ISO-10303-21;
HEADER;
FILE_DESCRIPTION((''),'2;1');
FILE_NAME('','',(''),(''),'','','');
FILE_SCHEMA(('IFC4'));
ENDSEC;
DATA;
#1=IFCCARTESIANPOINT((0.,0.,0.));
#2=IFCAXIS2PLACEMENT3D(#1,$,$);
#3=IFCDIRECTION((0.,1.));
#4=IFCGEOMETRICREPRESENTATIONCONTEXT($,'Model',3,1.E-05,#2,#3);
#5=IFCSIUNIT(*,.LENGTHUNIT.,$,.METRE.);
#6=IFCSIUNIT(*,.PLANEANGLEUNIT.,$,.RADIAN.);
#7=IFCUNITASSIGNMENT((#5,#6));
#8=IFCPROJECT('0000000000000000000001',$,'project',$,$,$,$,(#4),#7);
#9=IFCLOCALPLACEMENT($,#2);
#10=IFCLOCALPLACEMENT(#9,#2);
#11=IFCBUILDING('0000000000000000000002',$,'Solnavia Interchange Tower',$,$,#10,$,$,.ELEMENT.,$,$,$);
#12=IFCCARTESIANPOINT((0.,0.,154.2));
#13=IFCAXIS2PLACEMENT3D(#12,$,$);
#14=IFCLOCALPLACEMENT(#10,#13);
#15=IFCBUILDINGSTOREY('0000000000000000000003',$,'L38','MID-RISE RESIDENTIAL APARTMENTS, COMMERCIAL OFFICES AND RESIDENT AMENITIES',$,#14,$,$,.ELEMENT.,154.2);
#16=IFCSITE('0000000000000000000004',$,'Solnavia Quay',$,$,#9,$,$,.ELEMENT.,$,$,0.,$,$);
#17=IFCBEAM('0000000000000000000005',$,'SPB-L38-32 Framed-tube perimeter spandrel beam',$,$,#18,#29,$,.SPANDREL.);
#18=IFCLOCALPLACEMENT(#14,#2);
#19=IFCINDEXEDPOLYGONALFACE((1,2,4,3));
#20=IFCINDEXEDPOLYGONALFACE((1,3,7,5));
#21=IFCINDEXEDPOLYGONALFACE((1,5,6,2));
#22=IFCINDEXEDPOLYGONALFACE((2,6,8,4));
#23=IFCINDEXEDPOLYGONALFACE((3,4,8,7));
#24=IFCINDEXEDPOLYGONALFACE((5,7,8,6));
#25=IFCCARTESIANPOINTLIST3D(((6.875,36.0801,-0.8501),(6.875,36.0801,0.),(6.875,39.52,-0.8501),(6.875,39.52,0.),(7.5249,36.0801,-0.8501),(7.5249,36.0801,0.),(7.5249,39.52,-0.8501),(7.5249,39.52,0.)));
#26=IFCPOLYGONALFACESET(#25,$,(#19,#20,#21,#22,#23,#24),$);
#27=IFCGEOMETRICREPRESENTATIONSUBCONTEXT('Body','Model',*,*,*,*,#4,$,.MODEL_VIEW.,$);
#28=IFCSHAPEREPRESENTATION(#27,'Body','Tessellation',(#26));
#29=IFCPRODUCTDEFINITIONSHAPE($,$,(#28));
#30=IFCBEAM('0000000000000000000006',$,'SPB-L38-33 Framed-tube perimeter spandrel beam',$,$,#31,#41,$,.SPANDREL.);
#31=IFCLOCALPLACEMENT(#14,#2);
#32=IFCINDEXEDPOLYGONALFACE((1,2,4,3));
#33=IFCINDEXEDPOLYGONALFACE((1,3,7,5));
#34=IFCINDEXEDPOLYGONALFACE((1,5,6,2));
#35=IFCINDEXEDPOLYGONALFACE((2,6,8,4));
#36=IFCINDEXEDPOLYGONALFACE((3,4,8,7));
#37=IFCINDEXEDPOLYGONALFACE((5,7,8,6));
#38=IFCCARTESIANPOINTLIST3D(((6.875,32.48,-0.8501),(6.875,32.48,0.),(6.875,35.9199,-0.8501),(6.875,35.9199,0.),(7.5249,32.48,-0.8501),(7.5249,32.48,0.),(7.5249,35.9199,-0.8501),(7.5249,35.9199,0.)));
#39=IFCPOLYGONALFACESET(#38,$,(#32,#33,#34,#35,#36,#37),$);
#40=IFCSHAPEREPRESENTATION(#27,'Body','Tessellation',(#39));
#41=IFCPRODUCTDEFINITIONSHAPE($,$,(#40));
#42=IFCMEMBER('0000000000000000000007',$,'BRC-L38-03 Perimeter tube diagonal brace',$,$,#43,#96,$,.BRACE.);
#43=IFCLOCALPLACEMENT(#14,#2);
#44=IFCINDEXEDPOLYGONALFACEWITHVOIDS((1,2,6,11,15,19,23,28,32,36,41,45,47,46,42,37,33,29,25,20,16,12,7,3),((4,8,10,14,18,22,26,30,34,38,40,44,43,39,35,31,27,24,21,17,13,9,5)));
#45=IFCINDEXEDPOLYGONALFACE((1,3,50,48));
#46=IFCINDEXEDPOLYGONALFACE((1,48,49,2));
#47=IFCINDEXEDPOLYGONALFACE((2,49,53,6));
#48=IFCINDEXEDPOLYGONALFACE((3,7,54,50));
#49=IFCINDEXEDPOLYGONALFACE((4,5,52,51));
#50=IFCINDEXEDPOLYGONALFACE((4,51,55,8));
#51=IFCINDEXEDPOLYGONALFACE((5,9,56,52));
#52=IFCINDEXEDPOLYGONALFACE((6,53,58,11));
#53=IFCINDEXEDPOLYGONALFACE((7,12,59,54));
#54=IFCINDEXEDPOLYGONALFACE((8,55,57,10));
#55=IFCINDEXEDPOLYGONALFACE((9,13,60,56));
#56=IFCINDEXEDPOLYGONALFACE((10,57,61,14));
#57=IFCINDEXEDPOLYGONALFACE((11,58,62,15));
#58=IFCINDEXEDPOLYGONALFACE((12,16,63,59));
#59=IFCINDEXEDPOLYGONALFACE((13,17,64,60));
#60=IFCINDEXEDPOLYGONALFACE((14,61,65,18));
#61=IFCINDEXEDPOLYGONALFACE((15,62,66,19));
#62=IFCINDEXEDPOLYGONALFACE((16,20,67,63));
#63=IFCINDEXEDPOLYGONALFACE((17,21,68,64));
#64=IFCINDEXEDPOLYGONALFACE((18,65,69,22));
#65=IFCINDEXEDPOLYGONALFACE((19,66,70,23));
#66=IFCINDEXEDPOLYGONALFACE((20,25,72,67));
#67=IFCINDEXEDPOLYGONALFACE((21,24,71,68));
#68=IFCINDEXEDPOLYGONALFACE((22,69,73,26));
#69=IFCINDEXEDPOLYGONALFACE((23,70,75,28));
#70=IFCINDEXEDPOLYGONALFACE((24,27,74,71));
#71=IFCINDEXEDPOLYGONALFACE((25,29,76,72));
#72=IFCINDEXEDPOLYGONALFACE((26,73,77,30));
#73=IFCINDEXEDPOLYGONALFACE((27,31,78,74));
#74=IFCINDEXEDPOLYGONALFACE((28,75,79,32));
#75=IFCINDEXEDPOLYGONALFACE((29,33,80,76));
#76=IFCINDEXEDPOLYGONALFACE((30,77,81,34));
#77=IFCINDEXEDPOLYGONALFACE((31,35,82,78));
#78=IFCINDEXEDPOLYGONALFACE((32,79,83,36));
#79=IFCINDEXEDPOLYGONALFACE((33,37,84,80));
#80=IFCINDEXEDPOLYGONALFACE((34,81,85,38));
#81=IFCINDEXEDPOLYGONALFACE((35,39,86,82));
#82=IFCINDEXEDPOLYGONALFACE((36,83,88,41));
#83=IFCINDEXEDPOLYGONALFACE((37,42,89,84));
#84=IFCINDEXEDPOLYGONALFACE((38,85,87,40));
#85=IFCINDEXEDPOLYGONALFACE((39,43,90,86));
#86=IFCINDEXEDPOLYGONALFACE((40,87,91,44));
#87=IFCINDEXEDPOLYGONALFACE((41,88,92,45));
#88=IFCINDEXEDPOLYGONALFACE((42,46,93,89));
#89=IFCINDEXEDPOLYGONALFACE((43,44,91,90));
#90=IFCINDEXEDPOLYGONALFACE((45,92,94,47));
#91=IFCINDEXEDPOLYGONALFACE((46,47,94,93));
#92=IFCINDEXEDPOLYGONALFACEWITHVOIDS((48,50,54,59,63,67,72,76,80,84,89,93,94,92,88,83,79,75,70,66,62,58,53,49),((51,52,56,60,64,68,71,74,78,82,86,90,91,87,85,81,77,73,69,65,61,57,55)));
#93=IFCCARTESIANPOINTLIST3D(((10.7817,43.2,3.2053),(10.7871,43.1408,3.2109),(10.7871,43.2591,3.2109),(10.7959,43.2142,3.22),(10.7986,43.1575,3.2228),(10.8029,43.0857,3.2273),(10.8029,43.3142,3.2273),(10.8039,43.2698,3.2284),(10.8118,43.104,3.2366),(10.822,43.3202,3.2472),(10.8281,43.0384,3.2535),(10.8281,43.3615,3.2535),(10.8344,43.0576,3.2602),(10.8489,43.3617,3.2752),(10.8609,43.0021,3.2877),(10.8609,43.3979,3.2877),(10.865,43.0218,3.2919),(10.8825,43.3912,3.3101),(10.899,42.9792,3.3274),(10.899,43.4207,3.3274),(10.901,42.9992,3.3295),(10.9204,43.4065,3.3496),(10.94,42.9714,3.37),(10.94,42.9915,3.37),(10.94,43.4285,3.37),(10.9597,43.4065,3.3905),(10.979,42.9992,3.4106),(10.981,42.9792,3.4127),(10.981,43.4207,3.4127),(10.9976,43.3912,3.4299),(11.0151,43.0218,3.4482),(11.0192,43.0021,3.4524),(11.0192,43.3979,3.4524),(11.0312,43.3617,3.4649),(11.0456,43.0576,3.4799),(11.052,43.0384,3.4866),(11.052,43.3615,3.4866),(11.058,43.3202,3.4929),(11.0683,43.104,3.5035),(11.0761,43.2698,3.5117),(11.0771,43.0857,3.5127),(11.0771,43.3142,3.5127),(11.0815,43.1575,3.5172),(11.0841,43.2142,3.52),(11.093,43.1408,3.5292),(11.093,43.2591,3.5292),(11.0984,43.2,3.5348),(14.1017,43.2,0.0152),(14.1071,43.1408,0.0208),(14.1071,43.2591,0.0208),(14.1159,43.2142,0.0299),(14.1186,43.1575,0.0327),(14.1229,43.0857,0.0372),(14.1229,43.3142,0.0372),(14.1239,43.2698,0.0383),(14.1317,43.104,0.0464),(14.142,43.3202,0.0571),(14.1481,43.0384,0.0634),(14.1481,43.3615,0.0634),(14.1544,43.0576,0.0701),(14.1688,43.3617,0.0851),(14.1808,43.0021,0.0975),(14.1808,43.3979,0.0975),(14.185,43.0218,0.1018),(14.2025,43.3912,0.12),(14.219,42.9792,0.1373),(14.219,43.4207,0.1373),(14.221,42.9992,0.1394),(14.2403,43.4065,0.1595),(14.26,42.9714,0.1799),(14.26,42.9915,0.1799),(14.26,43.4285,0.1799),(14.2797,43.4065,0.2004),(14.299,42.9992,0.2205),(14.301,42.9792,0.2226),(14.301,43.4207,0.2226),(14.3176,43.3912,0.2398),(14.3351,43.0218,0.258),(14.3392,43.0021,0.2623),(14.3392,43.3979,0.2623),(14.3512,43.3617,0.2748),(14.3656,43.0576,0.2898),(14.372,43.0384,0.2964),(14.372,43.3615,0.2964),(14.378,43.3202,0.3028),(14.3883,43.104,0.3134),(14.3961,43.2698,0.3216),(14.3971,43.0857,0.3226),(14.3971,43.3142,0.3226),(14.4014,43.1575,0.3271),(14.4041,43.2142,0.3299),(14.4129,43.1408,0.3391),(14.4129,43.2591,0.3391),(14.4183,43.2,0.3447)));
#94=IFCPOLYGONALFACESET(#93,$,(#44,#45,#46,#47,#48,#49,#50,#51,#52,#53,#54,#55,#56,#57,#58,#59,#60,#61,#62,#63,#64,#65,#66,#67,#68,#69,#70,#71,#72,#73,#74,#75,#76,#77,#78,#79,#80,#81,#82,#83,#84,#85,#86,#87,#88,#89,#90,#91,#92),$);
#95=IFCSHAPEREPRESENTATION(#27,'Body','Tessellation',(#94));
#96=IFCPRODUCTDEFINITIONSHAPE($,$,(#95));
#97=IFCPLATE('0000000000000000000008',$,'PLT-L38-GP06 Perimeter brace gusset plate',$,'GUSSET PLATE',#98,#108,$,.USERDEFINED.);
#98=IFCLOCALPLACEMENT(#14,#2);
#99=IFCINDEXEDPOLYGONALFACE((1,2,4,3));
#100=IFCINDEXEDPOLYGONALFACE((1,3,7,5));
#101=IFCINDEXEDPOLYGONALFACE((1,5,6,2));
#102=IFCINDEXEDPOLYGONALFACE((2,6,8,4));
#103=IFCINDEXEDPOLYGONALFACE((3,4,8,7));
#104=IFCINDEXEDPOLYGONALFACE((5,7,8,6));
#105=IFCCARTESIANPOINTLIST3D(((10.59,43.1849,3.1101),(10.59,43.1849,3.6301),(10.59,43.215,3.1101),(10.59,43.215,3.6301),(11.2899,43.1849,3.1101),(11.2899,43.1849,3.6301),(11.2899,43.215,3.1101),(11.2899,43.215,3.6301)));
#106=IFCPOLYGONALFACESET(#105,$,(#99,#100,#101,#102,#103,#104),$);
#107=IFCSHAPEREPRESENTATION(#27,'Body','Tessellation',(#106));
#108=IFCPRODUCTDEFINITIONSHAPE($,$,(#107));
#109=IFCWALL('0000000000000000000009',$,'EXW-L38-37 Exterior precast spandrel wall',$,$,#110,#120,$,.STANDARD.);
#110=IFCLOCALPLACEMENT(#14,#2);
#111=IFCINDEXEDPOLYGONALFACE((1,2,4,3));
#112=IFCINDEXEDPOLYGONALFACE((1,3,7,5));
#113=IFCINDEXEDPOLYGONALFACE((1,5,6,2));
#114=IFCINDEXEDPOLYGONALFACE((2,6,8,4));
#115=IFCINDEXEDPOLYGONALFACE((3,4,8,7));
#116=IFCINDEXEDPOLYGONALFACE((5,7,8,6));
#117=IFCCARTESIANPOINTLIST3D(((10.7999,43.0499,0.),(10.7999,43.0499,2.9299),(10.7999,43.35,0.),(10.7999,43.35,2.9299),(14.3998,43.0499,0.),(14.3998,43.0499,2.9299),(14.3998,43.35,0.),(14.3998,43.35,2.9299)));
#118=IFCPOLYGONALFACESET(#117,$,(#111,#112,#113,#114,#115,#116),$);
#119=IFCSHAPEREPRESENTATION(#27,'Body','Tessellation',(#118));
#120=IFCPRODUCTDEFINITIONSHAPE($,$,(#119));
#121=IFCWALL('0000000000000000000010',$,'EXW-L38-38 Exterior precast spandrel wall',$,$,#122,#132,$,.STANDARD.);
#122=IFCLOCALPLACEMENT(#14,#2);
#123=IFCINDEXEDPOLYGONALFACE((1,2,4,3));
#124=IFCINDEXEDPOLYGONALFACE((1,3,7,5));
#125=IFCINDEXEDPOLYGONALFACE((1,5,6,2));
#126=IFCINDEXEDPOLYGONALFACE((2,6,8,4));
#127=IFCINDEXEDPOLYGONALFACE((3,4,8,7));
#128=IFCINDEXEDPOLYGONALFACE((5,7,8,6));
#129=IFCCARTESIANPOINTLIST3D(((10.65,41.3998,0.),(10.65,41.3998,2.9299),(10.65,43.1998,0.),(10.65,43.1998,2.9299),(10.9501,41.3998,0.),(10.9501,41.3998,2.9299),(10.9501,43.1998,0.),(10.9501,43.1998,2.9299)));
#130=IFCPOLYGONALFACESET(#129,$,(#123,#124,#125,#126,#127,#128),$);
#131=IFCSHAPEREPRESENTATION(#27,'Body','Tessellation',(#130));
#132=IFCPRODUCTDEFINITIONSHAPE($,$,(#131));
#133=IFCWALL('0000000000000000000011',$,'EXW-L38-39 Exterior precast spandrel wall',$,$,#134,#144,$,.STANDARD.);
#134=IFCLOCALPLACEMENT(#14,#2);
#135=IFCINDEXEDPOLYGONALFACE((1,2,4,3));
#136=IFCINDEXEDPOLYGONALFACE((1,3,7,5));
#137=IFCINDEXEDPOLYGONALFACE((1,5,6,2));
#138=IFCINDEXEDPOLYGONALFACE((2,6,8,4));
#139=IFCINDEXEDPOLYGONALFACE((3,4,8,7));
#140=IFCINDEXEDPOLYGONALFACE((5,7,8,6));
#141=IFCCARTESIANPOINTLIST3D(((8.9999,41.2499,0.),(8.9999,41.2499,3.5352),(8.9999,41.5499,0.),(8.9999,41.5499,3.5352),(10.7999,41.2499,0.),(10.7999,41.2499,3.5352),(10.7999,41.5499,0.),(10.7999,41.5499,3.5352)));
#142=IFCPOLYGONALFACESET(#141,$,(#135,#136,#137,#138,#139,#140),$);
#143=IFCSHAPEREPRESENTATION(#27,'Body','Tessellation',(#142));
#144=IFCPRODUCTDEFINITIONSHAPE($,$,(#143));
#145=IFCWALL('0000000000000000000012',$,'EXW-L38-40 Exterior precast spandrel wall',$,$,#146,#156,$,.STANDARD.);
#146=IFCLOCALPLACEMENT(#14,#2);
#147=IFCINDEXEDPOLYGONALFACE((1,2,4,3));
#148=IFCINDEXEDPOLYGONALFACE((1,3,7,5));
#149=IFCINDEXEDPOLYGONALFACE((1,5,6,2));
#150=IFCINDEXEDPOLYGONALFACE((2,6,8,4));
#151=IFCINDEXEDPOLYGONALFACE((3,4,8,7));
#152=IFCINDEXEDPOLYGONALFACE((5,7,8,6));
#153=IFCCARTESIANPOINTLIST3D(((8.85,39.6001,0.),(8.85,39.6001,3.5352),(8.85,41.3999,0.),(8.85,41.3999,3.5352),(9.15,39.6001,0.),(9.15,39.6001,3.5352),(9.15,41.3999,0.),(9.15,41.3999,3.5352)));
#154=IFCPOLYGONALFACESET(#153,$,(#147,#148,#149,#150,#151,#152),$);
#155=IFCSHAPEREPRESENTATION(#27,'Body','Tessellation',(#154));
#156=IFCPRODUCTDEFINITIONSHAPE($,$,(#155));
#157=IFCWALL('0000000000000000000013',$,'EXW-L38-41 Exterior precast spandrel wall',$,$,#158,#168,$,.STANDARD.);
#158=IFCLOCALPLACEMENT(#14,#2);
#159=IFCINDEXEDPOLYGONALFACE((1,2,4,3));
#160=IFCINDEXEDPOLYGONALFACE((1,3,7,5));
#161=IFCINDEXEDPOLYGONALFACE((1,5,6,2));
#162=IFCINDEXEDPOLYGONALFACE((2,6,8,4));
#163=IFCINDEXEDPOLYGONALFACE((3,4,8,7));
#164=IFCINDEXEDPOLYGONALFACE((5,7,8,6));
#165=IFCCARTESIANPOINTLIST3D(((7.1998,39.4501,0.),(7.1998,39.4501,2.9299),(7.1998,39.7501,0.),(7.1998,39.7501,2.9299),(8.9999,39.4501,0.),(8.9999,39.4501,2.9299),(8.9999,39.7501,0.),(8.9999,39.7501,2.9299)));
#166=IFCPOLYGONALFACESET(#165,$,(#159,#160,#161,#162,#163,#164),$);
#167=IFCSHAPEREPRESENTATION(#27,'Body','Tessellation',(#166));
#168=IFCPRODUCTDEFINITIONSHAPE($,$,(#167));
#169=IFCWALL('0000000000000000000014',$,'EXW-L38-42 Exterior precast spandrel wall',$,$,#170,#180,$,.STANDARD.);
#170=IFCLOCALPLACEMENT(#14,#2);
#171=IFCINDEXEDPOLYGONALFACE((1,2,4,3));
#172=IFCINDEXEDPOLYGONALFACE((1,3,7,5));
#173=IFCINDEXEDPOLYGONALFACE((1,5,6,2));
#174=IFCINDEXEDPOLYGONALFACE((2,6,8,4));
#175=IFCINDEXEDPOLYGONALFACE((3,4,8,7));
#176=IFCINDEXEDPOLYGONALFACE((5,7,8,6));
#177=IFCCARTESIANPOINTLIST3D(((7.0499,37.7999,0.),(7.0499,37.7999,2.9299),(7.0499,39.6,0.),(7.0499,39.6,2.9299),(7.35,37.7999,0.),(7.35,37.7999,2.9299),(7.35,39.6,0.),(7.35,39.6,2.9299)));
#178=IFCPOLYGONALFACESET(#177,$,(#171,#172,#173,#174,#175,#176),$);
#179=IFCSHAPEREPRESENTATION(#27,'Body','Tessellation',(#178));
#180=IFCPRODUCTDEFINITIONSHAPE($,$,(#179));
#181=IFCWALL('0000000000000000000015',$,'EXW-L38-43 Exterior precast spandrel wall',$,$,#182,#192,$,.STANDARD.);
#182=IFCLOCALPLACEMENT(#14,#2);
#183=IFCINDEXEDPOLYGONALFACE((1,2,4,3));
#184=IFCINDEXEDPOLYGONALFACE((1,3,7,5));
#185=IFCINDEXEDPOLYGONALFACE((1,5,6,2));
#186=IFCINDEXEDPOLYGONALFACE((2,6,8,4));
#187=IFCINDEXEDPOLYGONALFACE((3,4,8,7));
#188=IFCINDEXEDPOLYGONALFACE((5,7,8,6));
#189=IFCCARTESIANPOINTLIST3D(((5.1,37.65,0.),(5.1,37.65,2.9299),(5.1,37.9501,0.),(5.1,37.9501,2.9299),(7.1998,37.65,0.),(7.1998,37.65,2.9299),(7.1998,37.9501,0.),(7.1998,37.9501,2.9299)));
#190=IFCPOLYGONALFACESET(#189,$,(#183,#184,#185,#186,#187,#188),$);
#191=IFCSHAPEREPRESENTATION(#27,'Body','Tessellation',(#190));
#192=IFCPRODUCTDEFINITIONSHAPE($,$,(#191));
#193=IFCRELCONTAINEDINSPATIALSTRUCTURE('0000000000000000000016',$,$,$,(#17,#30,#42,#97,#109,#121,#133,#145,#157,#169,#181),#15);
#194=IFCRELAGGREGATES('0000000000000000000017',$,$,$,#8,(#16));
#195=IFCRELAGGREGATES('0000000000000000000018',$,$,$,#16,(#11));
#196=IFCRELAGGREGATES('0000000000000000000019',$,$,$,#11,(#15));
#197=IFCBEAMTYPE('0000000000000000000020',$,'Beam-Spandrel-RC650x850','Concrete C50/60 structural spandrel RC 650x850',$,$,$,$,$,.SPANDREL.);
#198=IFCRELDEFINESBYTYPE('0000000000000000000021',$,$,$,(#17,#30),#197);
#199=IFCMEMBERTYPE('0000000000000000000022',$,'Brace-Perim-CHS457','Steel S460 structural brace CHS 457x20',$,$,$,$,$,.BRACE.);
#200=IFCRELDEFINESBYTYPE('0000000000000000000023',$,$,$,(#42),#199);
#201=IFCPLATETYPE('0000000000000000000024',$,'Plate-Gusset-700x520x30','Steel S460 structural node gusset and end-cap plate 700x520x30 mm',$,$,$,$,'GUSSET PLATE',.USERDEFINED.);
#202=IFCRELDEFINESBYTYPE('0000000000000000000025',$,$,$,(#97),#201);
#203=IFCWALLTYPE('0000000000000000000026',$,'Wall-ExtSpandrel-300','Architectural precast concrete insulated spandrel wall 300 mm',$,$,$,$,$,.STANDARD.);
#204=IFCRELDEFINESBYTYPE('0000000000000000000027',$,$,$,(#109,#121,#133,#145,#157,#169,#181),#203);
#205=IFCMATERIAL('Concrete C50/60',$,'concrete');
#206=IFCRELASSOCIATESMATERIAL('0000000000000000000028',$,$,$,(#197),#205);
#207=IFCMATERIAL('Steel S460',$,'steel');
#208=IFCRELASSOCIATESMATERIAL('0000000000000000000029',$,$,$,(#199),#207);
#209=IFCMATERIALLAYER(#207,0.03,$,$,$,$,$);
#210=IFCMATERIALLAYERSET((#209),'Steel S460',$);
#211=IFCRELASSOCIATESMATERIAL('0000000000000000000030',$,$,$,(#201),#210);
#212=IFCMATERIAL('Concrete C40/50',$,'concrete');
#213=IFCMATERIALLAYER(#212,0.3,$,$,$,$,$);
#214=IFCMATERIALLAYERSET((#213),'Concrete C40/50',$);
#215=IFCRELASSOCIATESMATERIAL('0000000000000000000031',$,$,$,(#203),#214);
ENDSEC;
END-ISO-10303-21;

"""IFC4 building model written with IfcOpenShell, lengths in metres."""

from ifc_helpers import new_model, si_unit, direction, frame, frame_2d, origin, origin_2d, place, context, subcontext, project, spatial, rectangle, hollow_circle, extrude, material, layer, layer_set, material_profile, profile_set, type_object, element, save


model = new_model("IFC4")

# Units and contexts
model_context = context("Model", 3, precision=1e-05, world=origin(), true_north=direction((0.0, 1.0)))
body_context = subcontext(model_context, "Body", "Model", "MODEL_VIEW")
ifc_project = project(units=[si_unit("LENGTHUNIT", "METRE"), si_unit("PLANEANGLEUNIT", "RADIAN")], contexts=[model_context])

# Site, building, storey
site_placement = place(None, origin())
site = spatial("IfcSite", under=ifc_project, at=site_placement, Name="Solnavia Quay", CompositionType="ELEMENT", RefElevation=0.0)
building_placement = place(site_placement, origin())
building = spatial("IfcBuilding", under=site, at=building_placement, Name="Solnavia Interchange Tower", CompositionType="ELEMENT")
storey_placement = place(building_placement, frame((0.0, 0.0, 154.2)))
storey = spatial("IfcBuildingStorey", under=building, at=storey_placement, Name="L38", Description="MID-RISE RESIDENTIAL APARTMENTS, COMMERCIAL OFFICES AND RESIDENT AMENITIES", CompositionType="ELEMENT", Elevation=154.2)

# Shared definitions
ifc_material_1 = material(Name="Concrete C50/60", Category="concrete")

# Beams
ifc_material_2 = material(Name="Steel S460", Category="steel")
ifc_material_profile_1 = material_profile(ifc_material_1, rectangle(XDim=0.6499, YDim=0.8501, at=origin_2d()), Name="RC 650x850")
ifc_profile_set_1 = profile_set([ifc_material_profile_1], Name="Concrete C50/60")
beam_type_1 = type_object("IfcBeamType", Name="Beam-Spandrel-RC650x850", Description="Concrete C50/60 structural spandrel RC 650x850", PredefinedType="SPANDREL", material=ifc_profile_set_1)
for number, where, z_axis, x_axis, name in (
    (1, (7.2, 39.52, -0.425), (0.0, -1.0, 0.0), (1.0, 0.0, 0.0), "SPB-L38-32 Framed-tube perimeter spandrel beam"),
    (2, (7.2, 35.9199, -0.425), (0.0, -1.0, 0.0), (1.0, 0.0, 0.0), "SPB-L38-33 Framed-tube perimeter spandrel beam"),
):
    element("IfcBeam", number, at=place(storey_placement, frame(where, z_axis=z_axis, x_axis=x_axis)), inside=storey, type_object=beam_type_1, Name=name, PredefinedType="SPANDREL", context=body_context, shape_type="SweptSolid", body=[
        extrude(rectangle(XDim=0.6499, YDim=0.8501, at=origin_2d()), origin(), (0.0, 0.0, 1.0), 3.4399),
    ])

# Member
ifc_material_profile_2 = material_profile(ifc_material_2, hollow_circle(Radius=0.2285, WallThickness=0.02, at=origin_2d()), Name="CHS 457x20")
ifc_profile_set_2 = profile_set([ifc_material_profile_2], Name="Steel S460")
member_type = type_object("IfcMemberType", Name="Brace-Perim-CHS457", Description="Steel S460 structural brace CHS 457x20", PredefinedType="BRACE", material=ifc_profile_set_2)
member_placement = place(storey_placement, frame((14.26, 43.2, 0.1799), z_axis=(-0.72107, 0.0, 0.692862), x_axis=(0.0, -1.0, 0.0)))
element("IfcMember", 3, at=member_placement, inside=storey, type_object=member_type, Name="BRC-L38-03 Perimeter tube diagonal brace", PredefinedType="BRACE", context=body_context, shape_type="SweptSolid", body=[
    extrude(hollow_circle(Radius=0.2285, WallThickness=0.02, at=origin_2d()), origin(), (0.0, 0.0, 1.0), 4.6042),
])

# Plate
ifc_layer_1 = layer(ifc_material_2, 0.03)
ifc_layer_set_1 = layer_set([ifc_layer_1], Name="Steel S460")
plate_type = type_object("IfcPlateType", Name="Plate-Gusset-700x520x30", Description="Steel S460 structural node gusset and end-cap plate 700x520x30 mm", ElementType="GUSSET PLATE", PredefinedType="USERDEFINED", material=ifc_layer_set_1)
plate_placement = place(storey_placement, frame((10.9399, 43.2, 3.1101), z_axis=(0.0, 0.0, 1.0), x_axis=(-1.0, 0.0, 0.0)))
element("IfcPlate", 4, at=plate_placement, inside=storey, type_object=plate_type, Name="PLT-L38-GP06 Perimeter brace gusset plate", ObjectType="GUSSET PLATE", PredefinedType="USERDEFINED", context=body_context, shape_type="SweptSolid", body=[
    extrude(rectangle(XDim=0.7, YDim=0.03, at=origin_2d()), origin(), (0.0, 0.0, 1.0), 0.52),
])

# Walls
ifc_material_3 = material(Name="Concrete C40/50", Category="concrete")
ifc_layer_2 = layer(ifc_material_3, 0.3)
ifc_layer_set_2 = layer_set([ifc_layer_2], Name="Concrete C40/50")
wall_type = type_object("IfcWallType", Name="Wall-ExtSpandrel-300", Description="Architectural precast concrete insulated spandrel wall 300 mm", PredefinedType="STANDARD", material=ifc_layer_set_2)
wall_1_placement = place(storey_placement, frame((10.8, 43.2, 0.0), z_axis=(0.0, 0.0, 1.0), x_axis=(1.0, 0.0, 0.0)))
element("IfcWall", 5, at=wall_1_placement, inside=storey, type_object=wall_type, Name="EXW-L38-37 Exterior precast spandrel wall", PredefinedType="STANDARD", context=body_context, shape_type="SweptSolid", body=[
    extrude(rectangle(XDim=3.5999, YDim=0.3, at=frame_2d((1.7998, 0.0))), origin(), (0.0, 0.0, 1.0), 2.9299),
])
wall_2_placement = place(storey_placement, frame((10.8, 41.3999, 0.0), z_axis=(0.0, 0.0, 1.0), x_axis=(0.0, 1.0, 0.0)))
element("IfcWall", 6, at=wall_2_placement, inside=storey, type_object=wall_type, Name="EXW-L38-38 Exterior precast spandrel wall", PredefinedType="STANDARD", context=body_context, shape_type="SweptSolid", body=[
    extrude(rectangle(XDim=1.8, YDim=0.3, at=frame_2d((0.8999, 0.0))), origin(), (0.0, 0.0, 1.0), 2.9299),
])
wall_3_placement = place(storey_placement, frame((9.0, 41.3999, 0.0), z_axis=(0.0, 0.0, 1.0), x_axis=(1.0, 0.0, 0.0)))
element("IfcWall", 7, at=wall_3_placement, inside=storey, type_object=wall_type, Name="EXW-L38-39 Exterior precast spandrel wall", PredefinedType="STANDARD", context=body_context, shape_type="SweptSolid", body=[
    extrude(rectangle(XDim=1.8, YDim=0.3, at=frame_2d((0.8999, 0.0))), origin(), (0.0, 0.0, 1.0), 3.5352),
])
wall_4_placement = place(storey_placement, frame((9.0, 39.6001, 0.0), z_axis=(0.0, 0.0, 1.0), x_axis=(0.0, 1.0, 0.0)))
element("IfcWall", 8, at=wall_4_placement, inside=storey, type_object=wall_type, Name="EXW-L38-40 Exterior precast spandrel wall", PredefinedType="STANDARD", context=body_context, shape_type="SweptSolid", body=[
    extrude(rectangle(XDim=1.7998, YDim=0.3, at=frame_2d((0.8999, 0.0))), origin(), (0.0, 0.0, 1.0), 3.5352),
])
for number, where, z_axis, x_axis, name in (
    (9, (7.2, 39.6001, 0.0), (0.0, 0.0, 1.0), (1.0, 0.0, 0.0), "EXW-L38-41 Exterior precast spandrel wall"),
    (10, (7.2, 37.8, 0.0), (0.0, 0.0, 1.0), (0.0, 1.0, 0.0), "EXW-L38-42 Exterior precast spandrel wall"),
):
    element("IfcWall", number, at=place(storey_placement, frame(where, z_axis=z_axis, x_axis=x_axis)), inside=storey, type_object=wall_type, Name=name, PredefinedType="STANDARD", context=body_context, shape_type="SweptSolid", body=[
        extrude(rectangle(XDim=1.8, YDim=0.3, at=frame_2d((0.8999, 0.0))), origin(), (0.0, 0.0, 1.0), 2.9299),
    ])
wall_5_placement = place(storey_placement, frame((5.1001, 37.8, 0.0), z_axis=(0.0, 0.0, 1.0), x_axis=(1.0, 0.0, 0.0)))
element("IfcWall", 11, at=wall_5_placement, inside=storey, type_object=wall_type, Name="EXW-L38-43 Exterior precast spandrel wall", PredefinedType="STANDARD", context=body_context, shape_type="SweptSolid", body=[
    extrude(rectangle(XDim=2.0999, YDim=0.3, at=frame_2d((1.0498, 0.0))), origin(), (0.0, 0.0, 1.0), 2.9299),
])

save(model, "model.ifc")
